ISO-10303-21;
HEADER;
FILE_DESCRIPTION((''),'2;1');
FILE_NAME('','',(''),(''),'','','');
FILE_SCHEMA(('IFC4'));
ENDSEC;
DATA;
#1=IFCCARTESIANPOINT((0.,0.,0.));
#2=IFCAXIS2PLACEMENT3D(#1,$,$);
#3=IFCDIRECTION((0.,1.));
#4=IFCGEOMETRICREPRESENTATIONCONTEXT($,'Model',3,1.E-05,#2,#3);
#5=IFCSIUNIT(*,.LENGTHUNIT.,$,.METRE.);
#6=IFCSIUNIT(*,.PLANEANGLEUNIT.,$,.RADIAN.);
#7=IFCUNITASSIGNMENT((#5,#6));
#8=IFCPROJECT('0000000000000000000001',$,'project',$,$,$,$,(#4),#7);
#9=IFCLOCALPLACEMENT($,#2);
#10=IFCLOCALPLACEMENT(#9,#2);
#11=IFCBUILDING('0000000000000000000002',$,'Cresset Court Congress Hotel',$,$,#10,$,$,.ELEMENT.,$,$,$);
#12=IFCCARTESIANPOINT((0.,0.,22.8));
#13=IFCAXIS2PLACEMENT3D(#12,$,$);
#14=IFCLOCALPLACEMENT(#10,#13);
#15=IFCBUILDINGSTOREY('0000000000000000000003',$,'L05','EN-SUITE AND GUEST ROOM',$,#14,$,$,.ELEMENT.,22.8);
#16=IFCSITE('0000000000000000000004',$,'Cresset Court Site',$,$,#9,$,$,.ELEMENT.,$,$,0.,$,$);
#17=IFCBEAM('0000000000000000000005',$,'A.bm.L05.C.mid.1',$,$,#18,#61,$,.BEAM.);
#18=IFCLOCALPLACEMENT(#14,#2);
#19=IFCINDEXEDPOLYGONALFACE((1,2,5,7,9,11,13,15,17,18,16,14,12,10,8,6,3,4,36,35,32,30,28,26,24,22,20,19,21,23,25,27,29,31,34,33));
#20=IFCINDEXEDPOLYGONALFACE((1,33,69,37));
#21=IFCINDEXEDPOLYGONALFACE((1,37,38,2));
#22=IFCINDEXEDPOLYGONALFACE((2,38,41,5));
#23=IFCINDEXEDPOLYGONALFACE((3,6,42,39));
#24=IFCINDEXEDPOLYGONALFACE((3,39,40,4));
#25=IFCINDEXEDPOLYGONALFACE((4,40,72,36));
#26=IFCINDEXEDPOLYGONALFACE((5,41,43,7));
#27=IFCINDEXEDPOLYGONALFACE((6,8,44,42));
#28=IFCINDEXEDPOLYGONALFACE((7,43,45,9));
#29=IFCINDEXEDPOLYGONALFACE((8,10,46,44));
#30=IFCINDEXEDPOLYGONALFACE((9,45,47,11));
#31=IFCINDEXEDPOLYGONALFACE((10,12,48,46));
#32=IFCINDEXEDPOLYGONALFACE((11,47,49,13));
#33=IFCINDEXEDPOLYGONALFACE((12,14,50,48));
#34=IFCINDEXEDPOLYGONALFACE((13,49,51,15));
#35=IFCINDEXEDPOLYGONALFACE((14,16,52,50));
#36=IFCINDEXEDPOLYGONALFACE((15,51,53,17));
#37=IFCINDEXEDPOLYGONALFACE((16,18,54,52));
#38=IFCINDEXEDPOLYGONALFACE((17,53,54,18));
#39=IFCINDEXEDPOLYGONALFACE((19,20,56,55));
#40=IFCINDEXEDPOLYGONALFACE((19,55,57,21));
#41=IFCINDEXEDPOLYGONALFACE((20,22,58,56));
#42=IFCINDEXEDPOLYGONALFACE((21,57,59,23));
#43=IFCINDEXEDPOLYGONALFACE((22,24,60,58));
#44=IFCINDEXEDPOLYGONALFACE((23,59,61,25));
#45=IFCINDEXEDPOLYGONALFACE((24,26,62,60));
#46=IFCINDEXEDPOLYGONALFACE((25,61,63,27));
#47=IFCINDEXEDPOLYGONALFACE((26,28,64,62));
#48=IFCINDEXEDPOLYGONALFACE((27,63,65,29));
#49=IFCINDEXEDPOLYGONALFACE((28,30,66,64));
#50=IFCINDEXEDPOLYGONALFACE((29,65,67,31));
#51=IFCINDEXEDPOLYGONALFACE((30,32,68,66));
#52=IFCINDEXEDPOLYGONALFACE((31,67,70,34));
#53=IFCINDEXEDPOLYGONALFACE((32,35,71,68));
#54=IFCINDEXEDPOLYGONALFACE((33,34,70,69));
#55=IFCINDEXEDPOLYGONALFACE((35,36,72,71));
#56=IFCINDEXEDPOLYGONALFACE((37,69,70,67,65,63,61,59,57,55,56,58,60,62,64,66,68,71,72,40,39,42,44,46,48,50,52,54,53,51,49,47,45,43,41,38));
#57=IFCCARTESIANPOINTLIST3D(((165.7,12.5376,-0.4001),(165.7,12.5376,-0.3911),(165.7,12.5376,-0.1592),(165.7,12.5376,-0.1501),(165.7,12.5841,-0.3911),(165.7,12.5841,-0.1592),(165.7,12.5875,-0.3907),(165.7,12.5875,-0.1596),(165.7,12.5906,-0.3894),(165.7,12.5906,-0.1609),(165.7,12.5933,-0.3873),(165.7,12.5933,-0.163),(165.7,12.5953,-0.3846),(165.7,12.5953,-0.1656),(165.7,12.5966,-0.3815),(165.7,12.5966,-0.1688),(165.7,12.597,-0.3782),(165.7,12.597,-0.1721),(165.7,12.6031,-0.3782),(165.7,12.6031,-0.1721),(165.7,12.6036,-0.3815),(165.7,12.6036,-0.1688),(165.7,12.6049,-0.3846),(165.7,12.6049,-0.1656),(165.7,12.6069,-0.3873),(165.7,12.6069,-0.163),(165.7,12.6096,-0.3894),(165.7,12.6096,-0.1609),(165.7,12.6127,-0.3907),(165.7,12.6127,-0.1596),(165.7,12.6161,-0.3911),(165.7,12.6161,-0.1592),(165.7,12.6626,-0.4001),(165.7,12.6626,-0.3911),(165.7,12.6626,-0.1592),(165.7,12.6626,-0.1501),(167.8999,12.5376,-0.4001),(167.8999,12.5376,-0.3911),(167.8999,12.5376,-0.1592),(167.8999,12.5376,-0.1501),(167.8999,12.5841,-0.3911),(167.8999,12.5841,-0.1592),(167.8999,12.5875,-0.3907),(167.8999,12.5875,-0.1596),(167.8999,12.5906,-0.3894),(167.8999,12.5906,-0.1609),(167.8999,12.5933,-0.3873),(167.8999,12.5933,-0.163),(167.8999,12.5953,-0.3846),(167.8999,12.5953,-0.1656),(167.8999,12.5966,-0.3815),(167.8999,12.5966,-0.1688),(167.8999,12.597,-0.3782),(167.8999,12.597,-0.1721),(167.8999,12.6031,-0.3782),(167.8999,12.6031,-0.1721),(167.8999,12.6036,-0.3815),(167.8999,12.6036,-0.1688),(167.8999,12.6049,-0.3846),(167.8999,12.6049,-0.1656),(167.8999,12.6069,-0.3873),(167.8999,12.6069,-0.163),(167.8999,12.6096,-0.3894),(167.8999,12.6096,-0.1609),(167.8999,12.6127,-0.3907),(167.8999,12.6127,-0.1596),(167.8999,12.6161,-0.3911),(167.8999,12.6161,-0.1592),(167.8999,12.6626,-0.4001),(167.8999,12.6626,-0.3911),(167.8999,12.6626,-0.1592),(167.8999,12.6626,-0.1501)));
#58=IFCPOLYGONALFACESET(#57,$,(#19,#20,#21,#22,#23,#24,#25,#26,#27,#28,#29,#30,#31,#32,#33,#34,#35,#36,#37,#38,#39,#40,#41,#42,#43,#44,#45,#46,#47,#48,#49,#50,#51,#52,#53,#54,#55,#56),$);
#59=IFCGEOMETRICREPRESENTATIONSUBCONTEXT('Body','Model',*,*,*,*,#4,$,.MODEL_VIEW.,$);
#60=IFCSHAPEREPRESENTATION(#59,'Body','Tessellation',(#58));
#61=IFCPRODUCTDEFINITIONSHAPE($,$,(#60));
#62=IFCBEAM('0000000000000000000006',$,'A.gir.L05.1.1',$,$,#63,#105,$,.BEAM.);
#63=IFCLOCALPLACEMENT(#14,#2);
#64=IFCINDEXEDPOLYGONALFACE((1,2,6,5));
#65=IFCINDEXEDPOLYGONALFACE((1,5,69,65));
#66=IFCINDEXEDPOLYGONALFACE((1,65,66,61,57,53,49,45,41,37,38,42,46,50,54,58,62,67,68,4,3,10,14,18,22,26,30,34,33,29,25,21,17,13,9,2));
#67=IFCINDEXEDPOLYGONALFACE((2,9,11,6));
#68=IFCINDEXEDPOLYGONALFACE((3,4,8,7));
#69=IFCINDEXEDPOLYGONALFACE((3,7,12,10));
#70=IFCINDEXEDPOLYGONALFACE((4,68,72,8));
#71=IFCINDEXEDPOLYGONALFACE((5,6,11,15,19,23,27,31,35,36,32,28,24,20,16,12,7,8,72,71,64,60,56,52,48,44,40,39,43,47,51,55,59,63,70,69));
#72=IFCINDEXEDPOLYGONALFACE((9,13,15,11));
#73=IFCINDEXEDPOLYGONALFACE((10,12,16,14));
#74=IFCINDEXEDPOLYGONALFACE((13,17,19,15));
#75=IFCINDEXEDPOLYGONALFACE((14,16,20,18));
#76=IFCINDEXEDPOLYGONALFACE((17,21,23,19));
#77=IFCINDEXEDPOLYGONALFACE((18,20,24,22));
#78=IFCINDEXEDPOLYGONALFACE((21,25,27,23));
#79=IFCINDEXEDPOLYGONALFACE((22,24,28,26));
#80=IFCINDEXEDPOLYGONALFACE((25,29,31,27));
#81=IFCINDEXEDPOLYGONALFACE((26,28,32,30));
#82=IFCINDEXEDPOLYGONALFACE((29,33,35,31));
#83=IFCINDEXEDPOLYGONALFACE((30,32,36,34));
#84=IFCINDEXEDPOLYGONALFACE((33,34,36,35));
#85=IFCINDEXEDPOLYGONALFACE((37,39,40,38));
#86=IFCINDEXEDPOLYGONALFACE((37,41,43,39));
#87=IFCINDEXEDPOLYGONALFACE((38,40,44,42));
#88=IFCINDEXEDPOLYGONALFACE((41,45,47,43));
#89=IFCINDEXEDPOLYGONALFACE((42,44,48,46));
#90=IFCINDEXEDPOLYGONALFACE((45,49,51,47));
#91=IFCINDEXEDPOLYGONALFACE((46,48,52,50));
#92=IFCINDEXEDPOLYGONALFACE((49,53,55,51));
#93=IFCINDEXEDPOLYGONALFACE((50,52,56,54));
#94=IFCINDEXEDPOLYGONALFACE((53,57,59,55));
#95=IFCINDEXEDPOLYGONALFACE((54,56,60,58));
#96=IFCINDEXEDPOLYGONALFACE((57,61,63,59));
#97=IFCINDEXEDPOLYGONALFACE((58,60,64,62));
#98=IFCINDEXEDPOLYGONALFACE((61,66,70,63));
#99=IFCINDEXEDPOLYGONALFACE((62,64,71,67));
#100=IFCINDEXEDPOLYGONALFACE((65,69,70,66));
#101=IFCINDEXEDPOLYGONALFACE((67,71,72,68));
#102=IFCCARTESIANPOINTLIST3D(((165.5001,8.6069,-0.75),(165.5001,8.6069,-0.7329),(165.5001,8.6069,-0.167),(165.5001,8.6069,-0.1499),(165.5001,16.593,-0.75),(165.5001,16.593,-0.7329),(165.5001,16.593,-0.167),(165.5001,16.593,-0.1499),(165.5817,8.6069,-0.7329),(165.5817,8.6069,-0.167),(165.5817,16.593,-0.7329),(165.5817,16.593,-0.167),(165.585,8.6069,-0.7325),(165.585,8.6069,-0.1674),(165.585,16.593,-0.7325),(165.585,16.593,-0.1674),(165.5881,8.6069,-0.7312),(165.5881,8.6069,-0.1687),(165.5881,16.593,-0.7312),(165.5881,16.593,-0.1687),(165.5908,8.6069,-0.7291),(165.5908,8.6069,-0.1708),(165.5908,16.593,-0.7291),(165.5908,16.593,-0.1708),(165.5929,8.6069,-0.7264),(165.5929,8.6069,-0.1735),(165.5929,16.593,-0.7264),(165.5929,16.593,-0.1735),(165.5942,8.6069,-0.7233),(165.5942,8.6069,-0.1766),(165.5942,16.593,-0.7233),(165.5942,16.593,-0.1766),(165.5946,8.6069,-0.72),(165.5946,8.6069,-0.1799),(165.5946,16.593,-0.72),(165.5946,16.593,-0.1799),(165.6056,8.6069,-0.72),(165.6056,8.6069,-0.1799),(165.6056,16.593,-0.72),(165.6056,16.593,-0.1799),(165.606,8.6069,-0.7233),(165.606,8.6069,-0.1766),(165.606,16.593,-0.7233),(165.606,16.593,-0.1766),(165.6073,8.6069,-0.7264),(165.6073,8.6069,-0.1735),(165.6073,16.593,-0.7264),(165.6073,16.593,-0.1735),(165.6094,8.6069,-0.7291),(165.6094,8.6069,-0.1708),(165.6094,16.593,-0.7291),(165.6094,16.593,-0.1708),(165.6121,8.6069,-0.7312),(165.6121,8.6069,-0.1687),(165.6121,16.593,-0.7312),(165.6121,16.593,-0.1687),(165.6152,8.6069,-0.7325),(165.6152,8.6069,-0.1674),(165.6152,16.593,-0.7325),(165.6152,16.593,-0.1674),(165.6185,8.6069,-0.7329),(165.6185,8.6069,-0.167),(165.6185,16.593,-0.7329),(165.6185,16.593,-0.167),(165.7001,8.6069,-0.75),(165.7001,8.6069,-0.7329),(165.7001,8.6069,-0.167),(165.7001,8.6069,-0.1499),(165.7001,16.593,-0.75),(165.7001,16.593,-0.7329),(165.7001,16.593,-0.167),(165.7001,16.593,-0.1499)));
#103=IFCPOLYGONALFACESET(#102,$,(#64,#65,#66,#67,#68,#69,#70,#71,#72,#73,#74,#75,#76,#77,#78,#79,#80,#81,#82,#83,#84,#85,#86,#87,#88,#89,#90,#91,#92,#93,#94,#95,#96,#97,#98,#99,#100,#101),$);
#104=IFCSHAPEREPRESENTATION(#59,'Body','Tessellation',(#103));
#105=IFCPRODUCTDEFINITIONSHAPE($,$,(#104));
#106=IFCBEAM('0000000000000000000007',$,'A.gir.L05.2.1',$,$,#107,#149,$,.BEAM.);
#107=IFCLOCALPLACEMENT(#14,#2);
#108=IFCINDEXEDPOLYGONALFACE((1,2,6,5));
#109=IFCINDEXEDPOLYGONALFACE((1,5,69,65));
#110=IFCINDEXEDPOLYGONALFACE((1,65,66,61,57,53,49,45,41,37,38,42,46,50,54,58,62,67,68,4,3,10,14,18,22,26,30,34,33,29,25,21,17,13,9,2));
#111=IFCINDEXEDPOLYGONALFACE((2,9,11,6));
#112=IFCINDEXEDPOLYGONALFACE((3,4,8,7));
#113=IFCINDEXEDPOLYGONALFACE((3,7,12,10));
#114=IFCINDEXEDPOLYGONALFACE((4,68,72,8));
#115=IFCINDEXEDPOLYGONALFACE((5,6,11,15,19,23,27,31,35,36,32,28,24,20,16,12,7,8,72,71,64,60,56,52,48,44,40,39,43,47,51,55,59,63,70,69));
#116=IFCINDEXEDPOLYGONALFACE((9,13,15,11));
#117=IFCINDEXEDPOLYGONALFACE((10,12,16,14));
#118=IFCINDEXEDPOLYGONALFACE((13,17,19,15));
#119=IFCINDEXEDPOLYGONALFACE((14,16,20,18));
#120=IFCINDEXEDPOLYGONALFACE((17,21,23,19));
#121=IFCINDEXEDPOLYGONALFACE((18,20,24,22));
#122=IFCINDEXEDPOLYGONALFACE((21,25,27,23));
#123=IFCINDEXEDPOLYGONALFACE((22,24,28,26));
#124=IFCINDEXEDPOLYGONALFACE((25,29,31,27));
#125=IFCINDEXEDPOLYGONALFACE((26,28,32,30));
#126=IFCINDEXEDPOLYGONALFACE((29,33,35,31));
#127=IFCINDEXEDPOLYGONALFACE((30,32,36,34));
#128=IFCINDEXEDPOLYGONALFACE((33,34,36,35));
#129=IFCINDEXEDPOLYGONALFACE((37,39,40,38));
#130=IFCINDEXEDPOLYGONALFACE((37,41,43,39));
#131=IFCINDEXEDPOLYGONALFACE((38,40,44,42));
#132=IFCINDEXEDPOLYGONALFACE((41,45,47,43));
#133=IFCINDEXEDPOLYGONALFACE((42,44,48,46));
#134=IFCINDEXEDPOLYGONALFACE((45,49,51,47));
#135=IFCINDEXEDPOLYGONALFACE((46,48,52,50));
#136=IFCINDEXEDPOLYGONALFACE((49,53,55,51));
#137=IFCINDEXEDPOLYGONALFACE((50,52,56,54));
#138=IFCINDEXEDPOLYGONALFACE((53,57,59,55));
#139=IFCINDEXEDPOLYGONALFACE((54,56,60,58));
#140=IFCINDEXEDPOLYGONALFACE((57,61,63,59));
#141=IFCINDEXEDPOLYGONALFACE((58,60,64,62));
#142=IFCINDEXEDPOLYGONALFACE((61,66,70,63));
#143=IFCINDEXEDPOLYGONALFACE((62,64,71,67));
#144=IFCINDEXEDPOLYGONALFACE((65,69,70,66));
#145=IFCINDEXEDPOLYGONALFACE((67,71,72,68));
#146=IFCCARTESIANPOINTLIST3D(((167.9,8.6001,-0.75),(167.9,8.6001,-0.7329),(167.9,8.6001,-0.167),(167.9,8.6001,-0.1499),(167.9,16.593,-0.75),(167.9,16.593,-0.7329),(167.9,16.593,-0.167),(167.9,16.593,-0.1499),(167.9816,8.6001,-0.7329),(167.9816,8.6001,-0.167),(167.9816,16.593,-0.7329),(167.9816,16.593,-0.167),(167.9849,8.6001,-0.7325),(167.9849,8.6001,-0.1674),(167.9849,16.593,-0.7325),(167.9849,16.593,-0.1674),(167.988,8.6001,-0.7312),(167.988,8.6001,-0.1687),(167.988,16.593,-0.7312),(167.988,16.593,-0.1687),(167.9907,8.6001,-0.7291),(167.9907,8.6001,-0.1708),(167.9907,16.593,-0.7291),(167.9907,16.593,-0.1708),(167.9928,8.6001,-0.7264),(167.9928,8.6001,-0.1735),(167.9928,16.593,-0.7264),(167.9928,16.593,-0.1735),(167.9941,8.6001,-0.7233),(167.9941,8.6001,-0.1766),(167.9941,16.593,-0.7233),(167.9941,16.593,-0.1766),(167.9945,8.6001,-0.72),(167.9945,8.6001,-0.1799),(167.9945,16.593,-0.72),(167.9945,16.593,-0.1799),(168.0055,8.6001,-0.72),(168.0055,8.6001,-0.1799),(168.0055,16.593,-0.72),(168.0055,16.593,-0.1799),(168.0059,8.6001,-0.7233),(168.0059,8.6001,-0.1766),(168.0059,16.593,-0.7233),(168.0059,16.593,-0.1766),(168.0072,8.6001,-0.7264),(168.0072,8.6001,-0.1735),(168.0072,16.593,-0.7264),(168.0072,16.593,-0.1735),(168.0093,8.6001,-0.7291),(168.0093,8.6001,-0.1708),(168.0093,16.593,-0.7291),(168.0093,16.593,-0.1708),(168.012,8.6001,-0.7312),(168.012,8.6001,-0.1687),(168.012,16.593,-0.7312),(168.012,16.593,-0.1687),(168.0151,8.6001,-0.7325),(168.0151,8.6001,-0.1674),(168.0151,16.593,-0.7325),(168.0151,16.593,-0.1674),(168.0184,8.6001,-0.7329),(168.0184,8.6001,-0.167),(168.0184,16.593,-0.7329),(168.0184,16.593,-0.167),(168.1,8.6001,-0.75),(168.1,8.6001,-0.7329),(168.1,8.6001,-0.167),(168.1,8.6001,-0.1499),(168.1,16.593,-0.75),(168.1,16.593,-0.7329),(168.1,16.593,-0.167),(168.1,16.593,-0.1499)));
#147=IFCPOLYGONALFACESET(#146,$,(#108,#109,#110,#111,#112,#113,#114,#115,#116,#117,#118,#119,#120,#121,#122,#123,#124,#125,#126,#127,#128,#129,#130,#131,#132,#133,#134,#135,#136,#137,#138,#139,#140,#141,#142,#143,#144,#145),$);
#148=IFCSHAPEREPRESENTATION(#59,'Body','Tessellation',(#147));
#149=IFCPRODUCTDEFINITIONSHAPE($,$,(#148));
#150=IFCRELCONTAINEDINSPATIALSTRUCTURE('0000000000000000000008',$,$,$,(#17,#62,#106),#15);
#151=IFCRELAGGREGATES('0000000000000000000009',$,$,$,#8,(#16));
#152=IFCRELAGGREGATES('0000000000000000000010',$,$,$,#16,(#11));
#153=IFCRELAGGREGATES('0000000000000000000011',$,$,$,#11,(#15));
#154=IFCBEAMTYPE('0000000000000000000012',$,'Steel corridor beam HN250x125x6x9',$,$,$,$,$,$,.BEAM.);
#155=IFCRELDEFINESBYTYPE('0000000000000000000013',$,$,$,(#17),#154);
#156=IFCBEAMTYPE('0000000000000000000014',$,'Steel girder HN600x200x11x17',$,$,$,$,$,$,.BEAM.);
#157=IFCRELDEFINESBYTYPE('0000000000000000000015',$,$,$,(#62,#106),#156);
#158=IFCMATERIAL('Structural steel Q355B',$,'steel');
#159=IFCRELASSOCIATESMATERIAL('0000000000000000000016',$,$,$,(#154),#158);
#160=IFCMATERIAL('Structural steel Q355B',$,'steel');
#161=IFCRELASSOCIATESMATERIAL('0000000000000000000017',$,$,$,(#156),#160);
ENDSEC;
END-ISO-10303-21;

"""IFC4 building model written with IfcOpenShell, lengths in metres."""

from ifc_helpers import new_model, si_unit, direction, frame, origin, origin_2d, place, context, subcontext, project, spatial, i_section, extrude, material, material_profile, profile_set, type_object, element, save


model = new_model("IFC4")

# Units and contexts
model_context = context("Model", 3, precision=1e-05, world=origin(), true_north=direction((0.0, 1.0)))
body_context = subcontext(model_context, "Body", "Model", "MODEL_VIEW")
ifc_project = project(units=[si_unit("LENGTHUNIT", "METRE"), si_unit("PLANEANGLEUNIT", "RADIAN")], contexts=[model_context])

# Site, building, storey
site_placement = place(None, origin())
site = spatial("IfcSite", under=ifc_project, at=site_placement, Name="Cresset Court Site", CompositionType="ELEMENT", RefElevation=0.0)
building_placement = place(site_placement, origin())
building = spatial("IfcBuilding", under=site, at=building_placement, Name="Cresset Court Congress Hotel", CompositionType="ELEMENT")
storey_placement = place(building_placement, frame((0.0, 0.0, 22.8)))
storey = spatial("IfcBuildingStorey", under=building, at=storey_placement, Name="L05", Description="EN-SUITE AND GUEST ROOM", CompositionType="ELEMENT", Elevation=22.8)

# Beams
ifc_material_1 = material(Name="Structural steel Q355B", Category="steel")
ifc_material_profile_1 = material_profile(ifc_material_1, i_section(OverallWidth=0.125, OverallDepth=0.25, WebThickness=0.0061, FlangeThickness=0.009, FilletRadius=0.0129, at=origin_2d()), Name="HN250x125x6x9")
ifc_profile_set_1 = profile_set([ifc_material_profile_1], Name="Structural steel Q355B")
beam_type_1 = type_object("IfcBeamType", Name="Steel corridor beam HN250x125x6x9", PredefinedType="BEAM", material=ifc_profile_set_1)
beam_1_placement = place(storey_placement, frame((165.7, 12.6001, -0.2751), z_axis=(1.0, 0.0, 0.0), x_axis=(0.0, 1.0, 0.0)))
element("IfcBeam", 1, at=beam_1_placement, inside=storey, type_object=beam_type_1, Name="A.bm.L05.C.mid.1", PredefinedType="BEAM", context=body_context, shape_type="SweptSolid", body=[
    extrude(i_section(OverallWidth=0.125, OverallDepth=0.25, WebThickness=0.0061, FlangeThickness=0.009, FilletRadius=0.0129, at=origin_2d()), origin(), (0.0, 0.0, 1.0), 2.2),
])
ifc_material_2 = material(Name="Structural steel Q355B", Category="steel")
ifc_material_profile_2 = material_profile(ifc_material_2, i_section(OverallWidth=0.2, OverallDepth=0.6001, WebThickness=0.011, FlangeThickness=0.0171, FilletRadius=0.0129, at=origin_2d()), Name="HN600x200x11x17")
ifc_profile_set_2 = profile_set([ifc_material_profile_2], Name="Structural steel Q355B")
beam_type_2 = type_object("IfcBeamType", Name="Steel girder HN600x200x11x17", PredefinedType="BEAM", material=ifc_profile_set_2)
beam_2_placement = place(storey_placement, frame((165.6001, 8.6069, -0.45), z_axis=(0.0, 1.0, 0.0), x_axis=(-1.0, 0.0, 0.0)))
element("IfcBeam", 2, at=beam_2_placement, inside=storey, type_object=beam_type_2, Name="A.gir.L05.1.1", PredefinedType="BEAM", context=body_context, shape_type="SweptSolid", body=[
    extrude(i_section(OverallWidth=0.2, OverallDepth=0.6001, WebThickness=0.011, FlangeThickness=0.0171, FilletRadius=0.0129, at=origin_2d()), origin(), (0.0, 0.0, 1.0), 7.9861),
])
beam_3_placement = place(storey_placement, frame((168.0, 8.6001, -0.45), z_axis=(0.0, 1.0, 0.0), x_axis=(-1.0, 0.0, 0.0)))
element("IfcBeam", 3, at=beam_3_placement, inside=storey, type_object=beam_type_2, Name="A.gir.L05.2.1", PredefinedType="BEAM", context=body_context, shape_type="SweptSolid", body=[
    extrude(i_section(OverallWidth=0.2, OverallDepth=0.6001, WebThickness=0.011, FlangeThickness=0.0171, FilletRadius=0.0129, at=origin_2d()), origin(), (0.0, 0.0, 1.0), 7.9929),
])

save(model, "model.ifc")
